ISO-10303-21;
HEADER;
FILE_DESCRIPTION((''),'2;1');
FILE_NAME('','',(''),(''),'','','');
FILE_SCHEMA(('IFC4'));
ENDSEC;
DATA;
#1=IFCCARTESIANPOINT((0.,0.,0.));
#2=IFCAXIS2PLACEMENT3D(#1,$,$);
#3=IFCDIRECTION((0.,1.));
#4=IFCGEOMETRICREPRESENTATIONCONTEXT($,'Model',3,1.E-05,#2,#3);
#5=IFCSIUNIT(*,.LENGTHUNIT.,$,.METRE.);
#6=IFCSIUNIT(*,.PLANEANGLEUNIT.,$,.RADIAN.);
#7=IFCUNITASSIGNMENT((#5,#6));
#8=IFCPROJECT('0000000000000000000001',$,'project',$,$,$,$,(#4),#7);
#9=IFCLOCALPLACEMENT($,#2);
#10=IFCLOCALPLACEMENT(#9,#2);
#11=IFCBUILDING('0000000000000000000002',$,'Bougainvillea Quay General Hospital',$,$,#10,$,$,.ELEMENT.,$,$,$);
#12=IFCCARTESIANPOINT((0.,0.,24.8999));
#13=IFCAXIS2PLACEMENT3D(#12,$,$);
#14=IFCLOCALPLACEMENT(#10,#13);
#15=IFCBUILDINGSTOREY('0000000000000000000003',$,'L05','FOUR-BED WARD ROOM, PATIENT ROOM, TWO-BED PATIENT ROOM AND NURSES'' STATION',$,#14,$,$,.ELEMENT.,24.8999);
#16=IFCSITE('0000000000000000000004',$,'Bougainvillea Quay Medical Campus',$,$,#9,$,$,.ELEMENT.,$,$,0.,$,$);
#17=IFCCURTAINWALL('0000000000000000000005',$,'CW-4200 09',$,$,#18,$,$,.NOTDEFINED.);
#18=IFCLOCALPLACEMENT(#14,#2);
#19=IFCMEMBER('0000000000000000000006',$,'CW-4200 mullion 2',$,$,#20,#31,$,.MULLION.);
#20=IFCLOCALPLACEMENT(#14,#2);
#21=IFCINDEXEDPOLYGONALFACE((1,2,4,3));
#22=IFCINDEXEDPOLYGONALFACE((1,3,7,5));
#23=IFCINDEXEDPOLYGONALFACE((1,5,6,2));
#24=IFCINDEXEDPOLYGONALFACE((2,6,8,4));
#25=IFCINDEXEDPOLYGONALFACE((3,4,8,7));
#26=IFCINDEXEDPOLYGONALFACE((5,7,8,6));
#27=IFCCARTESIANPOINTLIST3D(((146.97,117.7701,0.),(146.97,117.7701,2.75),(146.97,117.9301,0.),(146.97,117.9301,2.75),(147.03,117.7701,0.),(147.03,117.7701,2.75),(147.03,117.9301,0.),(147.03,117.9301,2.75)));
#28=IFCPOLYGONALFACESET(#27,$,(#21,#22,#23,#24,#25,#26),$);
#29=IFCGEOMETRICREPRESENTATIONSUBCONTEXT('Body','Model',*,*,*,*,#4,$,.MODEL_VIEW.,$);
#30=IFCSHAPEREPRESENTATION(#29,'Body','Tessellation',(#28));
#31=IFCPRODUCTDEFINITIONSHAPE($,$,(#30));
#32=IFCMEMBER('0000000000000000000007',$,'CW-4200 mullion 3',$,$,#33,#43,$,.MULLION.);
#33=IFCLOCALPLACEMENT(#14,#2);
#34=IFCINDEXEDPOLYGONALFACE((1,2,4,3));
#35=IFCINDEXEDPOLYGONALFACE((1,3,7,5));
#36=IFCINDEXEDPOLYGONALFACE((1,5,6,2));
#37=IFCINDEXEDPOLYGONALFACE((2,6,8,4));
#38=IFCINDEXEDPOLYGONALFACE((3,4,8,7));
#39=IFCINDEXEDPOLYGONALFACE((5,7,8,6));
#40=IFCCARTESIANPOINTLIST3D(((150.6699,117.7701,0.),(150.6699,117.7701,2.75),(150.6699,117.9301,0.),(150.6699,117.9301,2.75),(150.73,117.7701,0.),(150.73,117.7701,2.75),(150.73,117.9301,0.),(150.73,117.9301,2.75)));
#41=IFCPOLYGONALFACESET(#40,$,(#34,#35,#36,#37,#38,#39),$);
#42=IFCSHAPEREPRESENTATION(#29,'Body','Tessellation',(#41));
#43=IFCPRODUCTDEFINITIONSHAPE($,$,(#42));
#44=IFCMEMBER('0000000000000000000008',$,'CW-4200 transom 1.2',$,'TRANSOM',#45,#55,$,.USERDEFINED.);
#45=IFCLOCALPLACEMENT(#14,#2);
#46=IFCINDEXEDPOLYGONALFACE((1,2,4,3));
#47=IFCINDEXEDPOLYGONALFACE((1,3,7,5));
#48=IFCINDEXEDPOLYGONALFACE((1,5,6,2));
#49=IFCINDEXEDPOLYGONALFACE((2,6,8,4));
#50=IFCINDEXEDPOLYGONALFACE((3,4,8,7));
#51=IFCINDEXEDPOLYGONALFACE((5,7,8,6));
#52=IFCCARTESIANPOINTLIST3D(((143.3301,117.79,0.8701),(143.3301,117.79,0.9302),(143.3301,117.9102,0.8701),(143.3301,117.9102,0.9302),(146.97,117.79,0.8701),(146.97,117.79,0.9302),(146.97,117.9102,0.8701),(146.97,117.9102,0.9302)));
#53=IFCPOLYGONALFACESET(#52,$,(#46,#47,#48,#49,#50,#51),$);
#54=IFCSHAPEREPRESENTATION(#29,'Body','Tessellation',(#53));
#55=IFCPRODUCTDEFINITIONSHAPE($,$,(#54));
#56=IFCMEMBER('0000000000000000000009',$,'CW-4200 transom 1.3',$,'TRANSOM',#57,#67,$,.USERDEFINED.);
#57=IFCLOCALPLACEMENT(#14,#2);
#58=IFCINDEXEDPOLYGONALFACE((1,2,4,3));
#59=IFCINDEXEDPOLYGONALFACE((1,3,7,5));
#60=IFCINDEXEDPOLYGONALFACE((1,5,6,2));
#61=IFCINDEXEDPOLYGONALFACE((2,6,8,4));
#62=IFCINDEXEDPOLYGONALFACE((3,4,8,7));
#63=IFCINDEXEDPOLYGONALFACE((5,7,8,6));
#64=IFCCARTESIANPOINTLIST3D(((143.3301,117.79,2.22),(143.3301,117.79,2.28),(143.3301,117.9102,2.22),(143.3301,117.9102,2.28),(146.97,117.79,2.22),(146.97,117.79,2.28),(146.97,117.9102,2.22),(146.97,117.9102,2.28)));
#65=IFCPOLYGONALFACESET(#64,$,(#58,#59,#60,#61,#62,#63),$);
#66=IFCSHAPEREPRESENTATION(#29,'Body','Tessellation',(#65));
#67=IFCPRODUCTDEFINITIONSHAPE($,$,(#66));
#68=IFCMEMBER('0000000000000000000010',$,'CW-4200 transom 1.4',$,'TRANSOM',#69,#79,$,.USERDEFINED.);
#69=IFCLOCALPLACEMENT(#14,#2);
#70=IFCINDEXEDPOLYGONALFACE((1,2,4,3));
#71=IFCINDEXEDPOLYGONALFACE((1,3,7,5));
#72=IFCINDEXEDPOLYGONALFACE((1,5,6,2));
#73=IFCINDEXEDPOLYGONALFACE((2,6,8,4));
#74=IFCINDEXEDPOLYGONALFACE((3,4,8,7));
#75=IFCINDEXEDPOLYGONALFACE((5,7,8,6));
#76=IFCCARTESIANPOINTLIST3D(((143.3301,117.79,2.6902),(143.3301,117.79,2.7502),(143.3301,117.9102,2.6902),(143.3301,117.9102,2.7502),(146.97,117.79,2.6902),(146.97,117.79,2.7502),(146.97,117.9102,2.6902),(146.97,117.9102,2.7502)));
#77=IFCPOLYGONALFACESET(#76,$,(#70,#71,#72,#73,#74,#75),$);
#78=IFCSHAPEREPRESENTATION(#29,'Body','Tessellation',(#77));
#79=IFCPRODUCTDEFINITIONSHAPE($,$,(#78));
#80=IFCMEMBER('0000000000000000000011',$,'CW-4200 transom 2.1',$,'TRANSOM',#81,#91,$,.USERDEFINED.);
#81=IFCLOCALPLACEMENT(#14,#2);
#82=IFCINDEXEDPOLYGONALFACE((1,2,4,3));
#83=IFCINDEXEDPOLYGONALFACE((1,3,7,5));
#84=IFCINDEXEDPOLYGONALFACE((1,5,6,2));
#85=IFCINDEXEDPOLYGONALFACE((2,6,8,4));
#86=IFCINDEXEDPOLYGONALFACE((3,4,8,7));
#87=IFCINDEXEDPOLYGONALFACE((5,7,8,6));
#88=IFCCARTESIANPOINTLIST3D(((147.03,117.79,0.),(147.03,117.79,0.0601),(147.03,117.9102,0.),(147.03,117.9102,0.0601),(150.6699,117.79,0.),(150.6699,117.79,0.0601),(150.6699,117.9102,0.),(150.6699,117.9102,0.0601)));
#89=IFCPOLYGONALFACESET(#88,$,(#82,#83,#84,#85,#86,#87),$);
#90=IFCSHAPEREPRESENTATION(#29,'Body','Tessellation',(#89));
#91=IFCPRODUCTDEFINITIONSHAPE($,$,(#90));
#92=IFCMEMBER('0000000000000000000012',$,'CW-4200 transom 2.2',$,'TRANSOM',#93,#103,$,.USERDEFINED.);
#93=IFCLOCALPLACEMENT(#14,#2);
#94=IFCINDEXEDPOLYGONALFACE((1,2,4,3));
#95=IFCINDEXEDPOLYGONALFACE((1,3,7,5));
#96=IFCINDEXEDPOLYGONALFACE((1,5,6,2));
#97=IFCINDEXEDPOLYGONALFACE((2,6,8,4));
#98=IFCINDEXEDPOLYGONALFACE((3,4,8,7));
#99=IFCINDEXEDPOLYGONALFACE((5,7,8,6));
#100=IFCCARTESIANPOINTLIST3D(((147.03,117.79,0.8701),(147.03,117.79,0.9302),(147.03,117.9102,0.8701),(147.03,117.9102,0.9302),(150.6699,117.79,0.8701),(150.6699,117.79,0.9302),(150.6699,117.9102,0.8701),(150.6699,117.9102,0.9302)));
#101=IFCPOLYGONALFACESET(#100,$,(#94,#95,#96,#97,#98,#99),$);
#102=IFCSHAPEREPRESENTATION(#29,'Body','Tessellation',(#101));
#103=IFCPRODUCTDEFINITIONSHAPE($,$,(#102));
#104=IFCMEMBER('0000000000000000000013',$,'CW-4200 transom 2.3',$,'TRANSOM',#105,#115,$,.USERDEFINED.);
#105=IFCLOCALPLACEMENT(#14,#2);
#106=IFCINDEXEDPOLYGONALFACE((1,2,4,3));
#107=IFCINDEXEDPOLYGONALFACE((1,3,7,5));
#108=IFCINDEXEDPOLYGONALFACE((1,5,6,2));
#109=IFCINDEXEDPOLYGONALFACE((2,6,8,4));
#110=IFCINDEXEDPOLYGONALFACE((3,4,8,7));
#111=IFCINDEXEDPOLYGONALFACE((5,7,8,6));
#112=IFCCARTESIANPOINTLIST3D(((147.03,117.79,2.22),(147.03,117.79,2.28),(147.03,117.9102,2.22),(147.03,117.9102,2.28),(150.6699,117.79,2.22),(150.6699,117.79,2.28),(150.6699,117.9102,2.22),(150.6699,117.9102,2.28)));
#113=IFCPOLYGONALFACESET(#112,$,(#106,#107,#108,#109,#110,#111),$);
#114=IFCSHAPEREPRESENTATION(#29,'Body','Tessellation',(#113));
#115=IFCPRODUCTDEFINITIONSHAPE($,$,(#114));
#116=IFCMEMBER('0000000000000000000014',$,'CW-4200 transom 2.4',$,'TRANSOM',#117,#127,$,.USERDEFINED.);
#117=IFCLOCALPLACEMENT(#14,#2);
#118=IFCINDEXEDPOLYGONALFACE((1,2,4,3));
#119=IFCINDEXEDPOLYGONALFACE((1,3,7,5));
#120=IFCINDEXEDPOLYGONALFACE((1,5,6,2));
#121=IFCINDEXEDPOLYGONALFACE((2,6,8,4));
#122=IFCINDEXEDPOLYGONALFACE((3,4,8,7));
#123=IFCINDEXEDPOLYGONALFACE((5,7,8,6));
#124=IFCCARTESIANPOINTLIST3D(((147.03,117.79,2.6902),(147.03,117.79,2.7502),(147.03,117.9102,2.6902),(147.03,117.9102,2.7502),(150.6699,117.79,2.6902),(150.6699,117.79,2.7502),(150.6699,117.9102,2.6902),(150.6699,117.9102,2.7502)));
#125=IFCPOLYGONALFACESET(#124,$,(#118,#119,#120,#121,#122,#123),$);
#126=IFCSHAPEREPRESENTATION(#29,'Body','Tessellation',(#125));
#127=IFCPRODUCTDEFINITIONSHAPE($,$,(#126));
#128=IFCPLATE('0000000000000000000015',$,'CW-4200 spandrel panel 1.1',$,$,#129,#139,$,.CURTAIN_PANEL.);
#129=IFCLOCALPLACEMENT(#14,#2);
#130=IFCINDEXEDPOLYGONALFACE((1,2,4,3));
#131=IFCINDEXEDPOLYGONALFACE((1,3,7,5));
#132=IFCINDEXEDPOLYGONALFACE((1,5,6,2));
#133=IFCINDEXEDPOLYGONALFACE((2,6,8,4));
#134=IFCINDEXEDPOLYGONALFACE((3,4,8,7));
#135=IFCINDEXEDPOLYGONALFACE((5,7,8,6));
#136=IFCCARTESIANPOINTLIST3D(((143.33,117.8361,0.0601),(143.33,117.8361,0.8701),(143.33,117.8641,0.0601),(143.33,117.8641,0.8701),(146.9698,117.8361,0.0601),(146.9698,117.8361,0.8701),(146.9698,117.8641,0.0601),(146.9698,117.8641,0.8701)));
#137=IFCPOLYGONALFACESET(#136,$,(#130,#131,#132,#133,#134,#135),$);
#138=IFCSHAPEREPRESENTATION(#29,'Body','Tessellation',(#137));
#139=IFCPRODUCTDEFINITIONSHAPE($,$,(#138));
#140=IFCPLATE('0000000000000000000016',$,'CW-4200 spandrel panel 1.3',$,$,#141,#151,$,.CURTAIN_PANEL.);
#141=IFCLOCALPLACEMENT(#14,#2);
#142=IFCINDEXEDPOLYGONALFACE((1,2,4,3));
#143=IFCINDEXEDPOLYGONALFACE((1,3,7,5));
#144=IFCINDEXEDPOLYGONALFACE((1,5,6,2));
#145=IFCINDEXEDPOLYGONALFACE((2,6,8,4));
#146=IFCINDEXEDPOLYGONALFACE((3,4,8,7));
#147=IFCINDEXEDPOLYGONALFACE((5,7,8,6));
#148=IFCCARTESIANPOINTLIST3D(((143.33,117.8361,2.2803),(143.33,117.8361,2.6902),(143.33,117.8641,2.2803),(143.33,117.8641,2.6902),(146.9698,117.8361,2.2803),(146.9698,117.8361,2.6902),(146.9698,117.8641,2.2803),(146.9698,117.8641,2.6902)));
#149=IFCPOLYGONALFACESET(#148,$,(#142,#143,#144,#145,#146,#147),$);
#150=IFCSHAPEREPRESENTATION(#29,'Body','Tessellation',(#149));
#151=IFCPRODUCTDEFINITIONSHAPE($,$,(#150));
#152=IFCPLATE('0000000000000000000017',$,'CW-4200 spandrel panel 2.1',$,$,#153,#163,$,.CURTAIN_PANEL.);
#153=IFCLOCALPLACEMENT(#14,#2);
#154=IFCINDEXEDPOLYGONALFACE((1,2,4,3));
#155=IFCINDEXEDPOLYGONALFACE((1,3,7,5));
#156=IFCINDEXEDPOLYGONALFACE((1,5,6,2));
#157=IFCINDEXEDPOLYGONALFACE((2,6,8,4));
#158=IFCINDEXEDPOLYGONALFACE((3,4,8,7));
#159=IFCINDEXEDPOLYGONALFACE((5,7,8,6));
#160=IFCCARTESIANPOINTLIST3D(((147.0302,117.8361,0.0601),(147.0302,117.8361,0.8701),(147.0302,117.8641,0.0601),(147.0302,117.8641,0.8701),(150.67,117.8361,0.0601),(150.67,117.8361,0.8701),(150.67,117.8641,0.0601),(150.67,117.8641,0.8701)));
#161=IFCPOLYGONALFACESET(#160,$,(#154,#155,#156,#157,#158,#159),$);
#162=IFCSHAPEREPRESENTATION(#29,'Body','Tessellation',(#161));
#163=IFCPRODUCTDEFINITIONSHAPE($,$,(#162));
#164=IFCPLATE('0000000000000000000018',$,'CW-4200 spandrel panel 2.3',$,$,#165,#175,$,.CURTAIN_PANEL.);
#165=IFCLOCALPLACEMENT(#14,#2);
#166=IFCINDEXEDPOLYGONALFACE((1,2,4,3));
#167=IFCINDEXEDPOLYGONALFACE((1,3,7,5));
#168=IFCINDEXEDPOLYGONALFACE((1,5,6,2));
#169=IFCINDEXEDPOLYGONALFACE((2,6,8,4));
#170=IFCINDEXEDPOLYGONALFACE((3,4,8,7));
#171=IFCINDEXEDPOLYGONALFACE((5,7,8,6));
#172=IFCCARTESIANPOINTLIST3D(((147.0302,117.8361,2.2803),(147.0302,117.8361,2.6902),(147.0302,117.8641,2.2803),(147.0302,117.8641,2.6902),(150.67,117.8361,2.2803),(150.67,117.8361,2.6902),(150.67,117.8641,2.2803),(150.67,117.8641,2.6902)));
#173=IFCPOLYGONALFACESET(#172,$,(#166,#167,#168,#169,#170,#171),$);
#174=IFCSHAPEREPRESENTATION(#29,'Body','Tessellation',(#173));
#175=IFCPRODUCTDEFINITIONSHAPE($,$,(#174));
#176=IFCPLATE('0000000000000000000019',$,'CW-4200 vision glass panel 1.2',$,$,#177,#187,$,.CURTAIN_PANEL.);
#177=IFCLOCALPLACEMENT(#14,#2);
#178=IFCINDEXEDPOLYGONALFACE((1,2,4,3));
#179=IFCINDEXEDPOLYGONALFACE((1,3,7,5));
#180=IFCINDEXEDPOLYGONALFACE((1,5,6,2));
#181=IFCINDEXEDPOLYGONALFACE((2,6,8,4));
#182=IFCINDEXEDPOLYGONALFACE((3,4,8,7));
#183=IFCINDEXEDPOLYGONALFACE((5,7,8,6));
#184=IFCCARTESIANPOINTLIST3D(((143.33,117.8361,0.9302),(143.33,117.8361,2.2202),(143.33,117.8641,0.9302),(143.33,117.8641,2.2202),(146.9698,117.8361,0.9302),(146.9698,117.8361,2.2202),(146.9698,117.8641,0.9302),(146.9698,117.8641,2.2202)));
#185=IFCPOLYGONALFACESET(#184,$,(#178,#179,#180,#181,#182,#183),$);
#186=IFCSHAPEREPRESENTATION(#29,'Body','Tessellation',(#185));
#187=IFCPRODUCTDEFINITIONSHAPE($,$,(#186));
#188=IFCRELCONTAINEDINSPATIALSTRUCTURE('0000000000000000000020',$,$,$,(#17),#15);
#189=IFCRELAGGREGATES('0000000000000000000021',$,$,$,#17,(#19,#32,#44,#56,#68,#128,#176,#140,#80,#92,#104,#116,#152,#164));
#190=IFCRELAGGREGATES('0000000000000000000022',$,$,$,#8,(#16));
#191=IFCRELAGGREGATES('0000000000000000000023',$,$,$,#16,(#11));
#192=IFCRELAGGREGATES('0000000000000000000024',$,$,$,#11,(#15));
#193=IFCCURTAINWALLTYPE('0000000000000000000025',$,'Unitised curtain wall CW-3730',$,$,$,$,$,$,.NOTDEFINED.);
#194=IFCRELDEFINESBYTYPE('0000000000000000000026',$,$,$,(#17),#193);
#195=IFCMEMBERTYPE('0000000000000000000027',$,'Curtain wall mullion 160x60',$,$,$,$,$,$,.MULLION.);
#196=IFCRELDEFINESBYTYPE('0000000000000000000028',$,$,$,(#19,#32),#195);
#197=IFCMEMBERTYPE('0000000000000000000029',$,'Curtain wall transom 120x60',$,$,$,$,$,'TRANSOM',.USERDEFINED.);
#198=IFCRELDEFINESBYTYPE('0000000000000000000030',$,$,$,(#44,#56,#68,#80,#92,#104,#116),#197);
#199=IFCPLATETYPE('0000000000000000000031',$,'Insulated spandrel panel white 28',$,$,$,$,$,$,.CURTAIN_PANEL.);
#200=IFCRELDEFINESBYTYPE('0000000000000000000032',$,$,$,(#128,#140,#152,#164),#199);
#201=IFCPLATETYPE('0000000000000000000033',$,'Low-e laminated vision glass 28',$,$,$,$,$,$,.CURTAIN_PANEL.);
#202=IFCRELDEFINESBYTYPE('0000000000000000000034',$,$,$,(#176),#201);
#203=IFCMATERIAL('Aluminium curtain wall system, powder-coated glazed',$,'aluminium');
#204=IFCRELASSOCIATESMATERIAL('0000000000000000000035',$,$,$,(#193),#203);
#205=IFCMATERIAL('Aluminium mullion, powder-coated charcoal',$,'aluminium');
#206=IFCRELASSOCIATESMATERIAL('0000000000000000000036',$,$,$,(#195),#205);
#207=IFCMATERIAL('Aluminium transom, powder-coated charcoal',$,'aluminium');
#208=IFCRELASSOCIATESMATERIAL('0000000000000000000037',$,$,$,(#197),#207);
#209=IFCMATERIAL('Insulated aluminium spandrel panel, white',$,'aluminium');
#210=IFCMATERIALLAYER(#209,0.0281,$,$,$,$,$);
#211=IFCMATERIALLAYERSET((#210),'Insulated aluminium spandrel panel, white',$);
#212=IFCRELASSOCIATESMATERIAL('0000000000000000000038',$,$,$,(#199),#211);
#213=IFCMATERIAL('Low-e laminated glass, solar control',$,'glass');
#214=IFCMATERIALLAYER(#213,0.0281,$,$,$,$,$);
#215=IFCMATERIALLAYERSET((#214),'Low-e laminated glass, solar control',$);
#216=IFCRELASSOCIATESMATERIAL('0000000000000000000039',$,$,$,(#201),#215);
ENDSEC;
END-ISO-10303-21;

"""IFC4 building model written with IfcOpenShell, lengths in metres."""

from ifc_helpers import new_model, si_unit, direction, frame, origin, origin_2d, place, context, subcontext, project, spatial, rectangle, extrude, material, layer, layer_set, material_profile, profile_set, type_object, element, aggregate, save


model = new_model("IFC4")

# Units and contexts
model_context = context("Model", 3, precision=1e-05, world=origin(), true_north=direction((0.0, 1.0)))
body_context = subcontext(model_context, "Body", "Model", "MODEL_VIEW")
ifc_project = project(units=[si_unit("LENGTHUNIT", "METRE"), si_unit("PLANEANGLEUNIT", "RADIAN")], contexts=[model_context])

# Site, building, storey
site_placement = place(None, origin())
site = spatial("IfcSite", under=ifc_project, at=site_placement, Name="Bougainvillea Quay Medical Campus", CompositionType="ELEMENT", RefElevation=0.0)
building_placement = place(site_placement, origin())
building = spatial("IfcBuilding", under=site, at=building_placement, Name="Bougainvillea Quay General Hospital", CompositionType="ELEMENT")
storey_placement = place(building_placement, frame((0.0, 0.0, 24.8999)))
storey = spatial("IfcBuildingStorey", under=building, at=storey_placement, Name="L05", Description="FOUR-BED WARD ROOM, PATIENT ROOM, TWO-BED PATIENT ROOM AND NURSES' STATION", CompositionType="ELEMENT", Elevation=24.8999)

# Curtain wall, members, plates
ifc_material_1 = material(Name="Aluminium curtain wall system, powder-coated glazed", Category="aluminium")
curtain_wall_type = type_object("IfcCurtainWallType", Name="Unitised curtain wall CW-3730", PredefinedType="NOTDEFINED", material=ifc_material_1)
curtain_wall_placement = place(storey_placement, origin())
curtain_wall = element("IfcCurtainWall", 1, at=curtain_wall_placement, inside=storey, type_object=curtain_wall_type, Name="CW-4200 09", PredefinedType="NOTDEFINED")
ifc_material_2 = material(Name="Aluminium mullion, powder-coated charcoal", Category="aluminium")
ifc_material_profile_1 = material_profile(ifc_material_2, rectangle(XDim=0.1599, YDim=0.0601, at=origin_2d()))
ifc_profile_set_1 = profile_set([ifc_material_profile_1], Name="Aluminium mullion, powder-coated charcoal")
member_type_1 = type_object("IfcMemberType", Name="Curtain wall mullion 160x60", PredefinedType="MULLION", material=ifc_profile_set_1)
member_1_placement = place(storey_placement, frame((147.0, 117.8501, 0.0), z_axis=(0.0, 0.0, 1.0), x_axis=(0.0, 1.0, 0.0)))
member_1 = element("IfcMember", 2, at=member_1_placement, type_object=member_type_1, Name="CW-4200 mullion 2", PredefinedType="MULLION", context=body_context, shape_type="SweptSolid", body=[
    extrude(rectangle(XDim=0.1599, YDim=0.0601, at=origin_2d()), origin(), (0.0, 0.0, 1.0), 2.75),
])
member_2_placement = place(storey_placement, frame((150.7, 117.8501, 0.0), z_axis=(0.0, 0.0, 1.0), x_axis=(0.0, 1.0, 0.0)))
member_2 = element("IfcMember", 3, at=member_2_placement, type_object=member_type_1, Name="CW-4200 mullion 3", PredefinedType="MULLION", context=body_context, shape_type="SweptSolid", body=[
    extrude(rectangle(XDim=0.1599, YDim=0.0601, at=origin_2d()), origin(), (0.0, 0.0, 1.0), 2.75),
])
ifc_material_3 = material(Name="Aluminium transom, powder-coated charcoal", Category="aluminium")
ifc_material_profile_2 = material_profile(ifc_material_3, rectangle(XDim=0.1201, YDim=0.0601, at=origin_2d()))
ifc_profile_set_2 = profile_set([ifc_material_profile_2], Name="Aluminium transom, powder-coated charcoal")
member_type_2 = type_object("IfcMemberType", Name="Curtain wall transom 120x60", ElementType="TRANSOM", PredefinedType="USERDEFINED", material=ifc_profile_set_2)
member_3_placement = place(storey_placement, frame((143.3301, 117.8501, 0.9001), z_axis=(1.0, 0.0, 0.0), x_axis=(0.0, 1.0, 0.0)))
member_3 = element("IfcMember", 4, at=member_3_placement, type_object=member_type_2, Name="CW-4200 transom 1.2", ObjectType="TRANSOM", PredefinedType="USERDEFINED", context=body_context, shape_type="SweptSolid", body=[
    extrude(rectangle(XDim=0.1201, YDim=0.0601, at=origin_2d()), origin(), (0.0, 0.0, 1.0), 3.6399),
])
member_4_placement = place(storey_placement, frame((143.3301, 117.8501, 2.25), z_axis=(1.0, 0.0, 0.0), x_axis=(0.0, 1.0, 0.0)))
member_4 = element("IfcMember", 5, at=member_4_placement, type_object=member_type_2, Name="CW-4200 transom 1.3", ObjectType="TRANSOM", PredefinedType="USERDEFINED", context=body_context, shape_type="SweptSolid", body=[
    extrude(rectangle(XDim=0.1201, YDim=0.0601, at=origin_2d()), origin(), (0.0, 0.0, 1.0), 3.6399),
])
member_5_placement = place(storey_placement, frame((143.3301, 117.8501, 2.7202), z_axis=(1.0, 0.0, 0.0), x_axis=(0.0, 1.0, 0.0)))
member_5 = element("IfcMember", 6, at=member_5_placement, type_object=member_type_2, Name="CW-4200 transom 1.4", ObjectType="TRANSOM", PredefinedType="USERDEFINED", context=body_context, shape_type="SweptSolid", body=[
    extrude(rectangle(XDim=0.1201, YDim=0.0601, at=origin_2d()), origin(), (0.0, 0.0, 1.0), 3.6399),
])
member_6_placement = place(storey_placement, frame((147.03, 117.8501, 0.03), z_axis=(1.0, 0.0, 0.0), x_axis=(0.0, 1.0, 0.0)))
member_6 = element("IfcMember", 7, at=member_6_placement, type_object=member_type_2, Name="CW-4200 transom 2.1", ObjectType="TRANSOM", PredefinedType="USERDEFINED", context=body_context, shape_type="SweptSolid", body=[
    extrude(rectangle(XDim=0.1201, YDim=0.0601, at=origin_2d()), origin(), (0.0, 0.0, 1.0), 3.6399),
])
member_7_placement = place(storey_placement, frame((147.03, 117.8501, 0.9001), z_axis=(1.0, 0.0, 0.0), x_axis=(0.0, 1.0, 0.0)))
member_7 = element("IfcMember", 8, at=member_7_placement, type_object=member_type_2, Name="CW-4200 transom 2.2", ObjectType="TRANSOM", PredefinedType="USERDEFINED", context=body_context, shape_type="SweptSolid", body=[
    extrude(rectangle(XDim=0.1201, YDim=0.0601, at=origin_2d()), origin(), (0.0, 0.0, 1.0), 3.6399),
])
member_8_placement = place(storey_placement, frame((147.03, 117.8501, 2.25), z_axis=(1.0, 0.0, 0.0), x_axis=(0.0, 1.0, 0.0)))
member_8 = element("IfcMember", 9, at=member_8_placement, type_object=member_type_2, Name="CW-4200 transom 2.3", ObjectType="TRANSOM", PredefinedType="USERDEFINED", context=body_context, shape_type="SweptSolid", body=[
    extrude(rectangle(XDim=0.1201, YDim=0.0601, at=origin_2d()), origin(), (0.0, 0.0, 1.0), 3.6399),
])
member_9_placement = place(storey_placement, frame((147.03, 117.8501, 2.7202), z_axis=(1.0, 0.0, 0.0), x_axis=(0.0, 1.0, 0.0)))
member_9 = element("IfcMember", 10, at=member_9_placement, type_object=member_type_2, Name="CW-4200 transom 2.4", ObjectType="TRANSOM", PredefinedType="USERDEFINED", context=body_context, shape_type="SweptSolid", body=[
    extrude(rectangle(XDim=0.1201, YDim=0.0601, at=origin_2d()), origin(), (0.0, 0.0, 1.0), 3.6399),
])
ifc_material_4 = material(Name="Insulated aluminium spandrel panel, white", Category="aluminium")
ifc_layer_1 = layer(ifc_material_4, 0.0281)
ifc_layer_set_1 = layer_set([ifc_layer_1], Name="Insulated aluminium spandrel panel, white")
plate_type_1 = type_object("IfcPlateType", Name="Insulated spandrel panel white 28", PredefinedType="CURTAIN_PANEL", material=ifc_layer_set_1)
plate_1_placement = place(storey_placement, frame((145.1499, 117.8501, 0.0601), z_axis=(0.0, 0.0, 1.0), x_axis=(1.0, 0.0, 0.0)))
plate_1 = element("IfcPlate", 11, at=plate_1_placement, type_object=plate_type_1, Name="CW-4200 spandrel panel 1.1", PredefinedType="CURTAIN_PANEL", context=body_context, shape_type="SweptSolid", body=[
    extrude(rectangle(XDim=3.6399, YDim=0.0281, at=origin_2d()), origin(), (0.0, 0.0, 1.0), 0.8101),
])
plate_2_placement = place(storey_placement, frame((145.1499, 117.8501, 2.2803), z_axis=(0.0, 0.0, 1.0), x_axis=(1.0, 0.0, 0.0)))
plate_2 = element("IfcPlate", 12, at=plate_2_placement, type_object=plate_type_1, Name="CW-4200 spandrel panel 1.3", PredefinedType="CURTAIN_PANEL", context=body_context, shape_type="SweptSolid", body=[
    extrude(rectangle(XDim=3.6399, YDim=0.0281, at=origin_2d()), origin(), (0.0, 0.0, 1.0), 0.4099),
])
plate_3_placement = place(storey_placement, frame((148.8501, 117.8501, 0.0601), z_axis=(0.0, 0.0, 1.0), x_axis=(1.0, 0.0, 0.0)))
plate_3 = element("IfcPlate", 13, at=plate_3_placement, type_object=plate_type_1, Name="CW-4200 spandrel panel 2.1", PredefinedType="CURTAIN_PANEL", context=body_context, shape_type="SweptSolid", body=[
    extrude(rectangle(XDim=3.6399, YDim=0.0281, at=origin_2d()), origin(), (0.0, 0.0, 1.0), 0.8101),
])
plate_4_placement = place(storey_placement, frame((148.8501, 117.8501, 2.2803), z_axis=(0.0, 0.0, 1.0), x_axis=(1.0, 0.0, 0.0)))
plate_4 = element("IfcPlate", 14, at=plate_4_placement, type_object=plate_type_1, Name="CW-4200 spandrel panel 2.3", PredefinedType="CURTAIN_PANEL", context=body_context, shape_type="SweptSolid", body=[
    extrude(rectangle(XDim=3.6399, YDim=0.0281, at=origin_2d()), origin(), (0.0, 0.0, 1.0), 0.4099),
])
ifc_material_5 = material(Name="Low-e laminated glass, solar control", Category="glass")
ifc_layer_2 = layer(ifc_material_5, 0.0281)
ifc_layer_set_2 = layer_set([ifc_layer_2], Name="Low-e laminated glass, solar control")
plate_type_2 = type_object("IfcPlateType", Name="Low-e laminated vision glass 28", PredefinedType="CURTAIN_PANEL", material=ifc_layer_set_2)
plate_5_placement = place(storey_placement, frame((145.1499, 117.8501, 0.9302), z_axis=(0.0, 0.0, 1.0), x_axis=(1.0, 0.0, 0.0)))
plate_5 = element("IfcPlate", 15, at=plate_5_placement, type_object=plate_type_2, Name="CW-4200 vision glass panel 1.2", PredefinedType="CURTAIN_PANEL", context=body_context, shape_type="SweptSolid", body=[
    extrude(rectangle(XDim=3.6399, YDim=0.0281, at=origin_2d()), origin(), (0.0, 0.0, 1.0), 1.29),
])
aggregate(curtain_wall, [member_1, member_2, member_3, member_4, member_5, plate_1, plate_5, plate_2, member_6, member_7, member_8, member_9, plate_3, plate_4])

save(model, "model.ifc")
